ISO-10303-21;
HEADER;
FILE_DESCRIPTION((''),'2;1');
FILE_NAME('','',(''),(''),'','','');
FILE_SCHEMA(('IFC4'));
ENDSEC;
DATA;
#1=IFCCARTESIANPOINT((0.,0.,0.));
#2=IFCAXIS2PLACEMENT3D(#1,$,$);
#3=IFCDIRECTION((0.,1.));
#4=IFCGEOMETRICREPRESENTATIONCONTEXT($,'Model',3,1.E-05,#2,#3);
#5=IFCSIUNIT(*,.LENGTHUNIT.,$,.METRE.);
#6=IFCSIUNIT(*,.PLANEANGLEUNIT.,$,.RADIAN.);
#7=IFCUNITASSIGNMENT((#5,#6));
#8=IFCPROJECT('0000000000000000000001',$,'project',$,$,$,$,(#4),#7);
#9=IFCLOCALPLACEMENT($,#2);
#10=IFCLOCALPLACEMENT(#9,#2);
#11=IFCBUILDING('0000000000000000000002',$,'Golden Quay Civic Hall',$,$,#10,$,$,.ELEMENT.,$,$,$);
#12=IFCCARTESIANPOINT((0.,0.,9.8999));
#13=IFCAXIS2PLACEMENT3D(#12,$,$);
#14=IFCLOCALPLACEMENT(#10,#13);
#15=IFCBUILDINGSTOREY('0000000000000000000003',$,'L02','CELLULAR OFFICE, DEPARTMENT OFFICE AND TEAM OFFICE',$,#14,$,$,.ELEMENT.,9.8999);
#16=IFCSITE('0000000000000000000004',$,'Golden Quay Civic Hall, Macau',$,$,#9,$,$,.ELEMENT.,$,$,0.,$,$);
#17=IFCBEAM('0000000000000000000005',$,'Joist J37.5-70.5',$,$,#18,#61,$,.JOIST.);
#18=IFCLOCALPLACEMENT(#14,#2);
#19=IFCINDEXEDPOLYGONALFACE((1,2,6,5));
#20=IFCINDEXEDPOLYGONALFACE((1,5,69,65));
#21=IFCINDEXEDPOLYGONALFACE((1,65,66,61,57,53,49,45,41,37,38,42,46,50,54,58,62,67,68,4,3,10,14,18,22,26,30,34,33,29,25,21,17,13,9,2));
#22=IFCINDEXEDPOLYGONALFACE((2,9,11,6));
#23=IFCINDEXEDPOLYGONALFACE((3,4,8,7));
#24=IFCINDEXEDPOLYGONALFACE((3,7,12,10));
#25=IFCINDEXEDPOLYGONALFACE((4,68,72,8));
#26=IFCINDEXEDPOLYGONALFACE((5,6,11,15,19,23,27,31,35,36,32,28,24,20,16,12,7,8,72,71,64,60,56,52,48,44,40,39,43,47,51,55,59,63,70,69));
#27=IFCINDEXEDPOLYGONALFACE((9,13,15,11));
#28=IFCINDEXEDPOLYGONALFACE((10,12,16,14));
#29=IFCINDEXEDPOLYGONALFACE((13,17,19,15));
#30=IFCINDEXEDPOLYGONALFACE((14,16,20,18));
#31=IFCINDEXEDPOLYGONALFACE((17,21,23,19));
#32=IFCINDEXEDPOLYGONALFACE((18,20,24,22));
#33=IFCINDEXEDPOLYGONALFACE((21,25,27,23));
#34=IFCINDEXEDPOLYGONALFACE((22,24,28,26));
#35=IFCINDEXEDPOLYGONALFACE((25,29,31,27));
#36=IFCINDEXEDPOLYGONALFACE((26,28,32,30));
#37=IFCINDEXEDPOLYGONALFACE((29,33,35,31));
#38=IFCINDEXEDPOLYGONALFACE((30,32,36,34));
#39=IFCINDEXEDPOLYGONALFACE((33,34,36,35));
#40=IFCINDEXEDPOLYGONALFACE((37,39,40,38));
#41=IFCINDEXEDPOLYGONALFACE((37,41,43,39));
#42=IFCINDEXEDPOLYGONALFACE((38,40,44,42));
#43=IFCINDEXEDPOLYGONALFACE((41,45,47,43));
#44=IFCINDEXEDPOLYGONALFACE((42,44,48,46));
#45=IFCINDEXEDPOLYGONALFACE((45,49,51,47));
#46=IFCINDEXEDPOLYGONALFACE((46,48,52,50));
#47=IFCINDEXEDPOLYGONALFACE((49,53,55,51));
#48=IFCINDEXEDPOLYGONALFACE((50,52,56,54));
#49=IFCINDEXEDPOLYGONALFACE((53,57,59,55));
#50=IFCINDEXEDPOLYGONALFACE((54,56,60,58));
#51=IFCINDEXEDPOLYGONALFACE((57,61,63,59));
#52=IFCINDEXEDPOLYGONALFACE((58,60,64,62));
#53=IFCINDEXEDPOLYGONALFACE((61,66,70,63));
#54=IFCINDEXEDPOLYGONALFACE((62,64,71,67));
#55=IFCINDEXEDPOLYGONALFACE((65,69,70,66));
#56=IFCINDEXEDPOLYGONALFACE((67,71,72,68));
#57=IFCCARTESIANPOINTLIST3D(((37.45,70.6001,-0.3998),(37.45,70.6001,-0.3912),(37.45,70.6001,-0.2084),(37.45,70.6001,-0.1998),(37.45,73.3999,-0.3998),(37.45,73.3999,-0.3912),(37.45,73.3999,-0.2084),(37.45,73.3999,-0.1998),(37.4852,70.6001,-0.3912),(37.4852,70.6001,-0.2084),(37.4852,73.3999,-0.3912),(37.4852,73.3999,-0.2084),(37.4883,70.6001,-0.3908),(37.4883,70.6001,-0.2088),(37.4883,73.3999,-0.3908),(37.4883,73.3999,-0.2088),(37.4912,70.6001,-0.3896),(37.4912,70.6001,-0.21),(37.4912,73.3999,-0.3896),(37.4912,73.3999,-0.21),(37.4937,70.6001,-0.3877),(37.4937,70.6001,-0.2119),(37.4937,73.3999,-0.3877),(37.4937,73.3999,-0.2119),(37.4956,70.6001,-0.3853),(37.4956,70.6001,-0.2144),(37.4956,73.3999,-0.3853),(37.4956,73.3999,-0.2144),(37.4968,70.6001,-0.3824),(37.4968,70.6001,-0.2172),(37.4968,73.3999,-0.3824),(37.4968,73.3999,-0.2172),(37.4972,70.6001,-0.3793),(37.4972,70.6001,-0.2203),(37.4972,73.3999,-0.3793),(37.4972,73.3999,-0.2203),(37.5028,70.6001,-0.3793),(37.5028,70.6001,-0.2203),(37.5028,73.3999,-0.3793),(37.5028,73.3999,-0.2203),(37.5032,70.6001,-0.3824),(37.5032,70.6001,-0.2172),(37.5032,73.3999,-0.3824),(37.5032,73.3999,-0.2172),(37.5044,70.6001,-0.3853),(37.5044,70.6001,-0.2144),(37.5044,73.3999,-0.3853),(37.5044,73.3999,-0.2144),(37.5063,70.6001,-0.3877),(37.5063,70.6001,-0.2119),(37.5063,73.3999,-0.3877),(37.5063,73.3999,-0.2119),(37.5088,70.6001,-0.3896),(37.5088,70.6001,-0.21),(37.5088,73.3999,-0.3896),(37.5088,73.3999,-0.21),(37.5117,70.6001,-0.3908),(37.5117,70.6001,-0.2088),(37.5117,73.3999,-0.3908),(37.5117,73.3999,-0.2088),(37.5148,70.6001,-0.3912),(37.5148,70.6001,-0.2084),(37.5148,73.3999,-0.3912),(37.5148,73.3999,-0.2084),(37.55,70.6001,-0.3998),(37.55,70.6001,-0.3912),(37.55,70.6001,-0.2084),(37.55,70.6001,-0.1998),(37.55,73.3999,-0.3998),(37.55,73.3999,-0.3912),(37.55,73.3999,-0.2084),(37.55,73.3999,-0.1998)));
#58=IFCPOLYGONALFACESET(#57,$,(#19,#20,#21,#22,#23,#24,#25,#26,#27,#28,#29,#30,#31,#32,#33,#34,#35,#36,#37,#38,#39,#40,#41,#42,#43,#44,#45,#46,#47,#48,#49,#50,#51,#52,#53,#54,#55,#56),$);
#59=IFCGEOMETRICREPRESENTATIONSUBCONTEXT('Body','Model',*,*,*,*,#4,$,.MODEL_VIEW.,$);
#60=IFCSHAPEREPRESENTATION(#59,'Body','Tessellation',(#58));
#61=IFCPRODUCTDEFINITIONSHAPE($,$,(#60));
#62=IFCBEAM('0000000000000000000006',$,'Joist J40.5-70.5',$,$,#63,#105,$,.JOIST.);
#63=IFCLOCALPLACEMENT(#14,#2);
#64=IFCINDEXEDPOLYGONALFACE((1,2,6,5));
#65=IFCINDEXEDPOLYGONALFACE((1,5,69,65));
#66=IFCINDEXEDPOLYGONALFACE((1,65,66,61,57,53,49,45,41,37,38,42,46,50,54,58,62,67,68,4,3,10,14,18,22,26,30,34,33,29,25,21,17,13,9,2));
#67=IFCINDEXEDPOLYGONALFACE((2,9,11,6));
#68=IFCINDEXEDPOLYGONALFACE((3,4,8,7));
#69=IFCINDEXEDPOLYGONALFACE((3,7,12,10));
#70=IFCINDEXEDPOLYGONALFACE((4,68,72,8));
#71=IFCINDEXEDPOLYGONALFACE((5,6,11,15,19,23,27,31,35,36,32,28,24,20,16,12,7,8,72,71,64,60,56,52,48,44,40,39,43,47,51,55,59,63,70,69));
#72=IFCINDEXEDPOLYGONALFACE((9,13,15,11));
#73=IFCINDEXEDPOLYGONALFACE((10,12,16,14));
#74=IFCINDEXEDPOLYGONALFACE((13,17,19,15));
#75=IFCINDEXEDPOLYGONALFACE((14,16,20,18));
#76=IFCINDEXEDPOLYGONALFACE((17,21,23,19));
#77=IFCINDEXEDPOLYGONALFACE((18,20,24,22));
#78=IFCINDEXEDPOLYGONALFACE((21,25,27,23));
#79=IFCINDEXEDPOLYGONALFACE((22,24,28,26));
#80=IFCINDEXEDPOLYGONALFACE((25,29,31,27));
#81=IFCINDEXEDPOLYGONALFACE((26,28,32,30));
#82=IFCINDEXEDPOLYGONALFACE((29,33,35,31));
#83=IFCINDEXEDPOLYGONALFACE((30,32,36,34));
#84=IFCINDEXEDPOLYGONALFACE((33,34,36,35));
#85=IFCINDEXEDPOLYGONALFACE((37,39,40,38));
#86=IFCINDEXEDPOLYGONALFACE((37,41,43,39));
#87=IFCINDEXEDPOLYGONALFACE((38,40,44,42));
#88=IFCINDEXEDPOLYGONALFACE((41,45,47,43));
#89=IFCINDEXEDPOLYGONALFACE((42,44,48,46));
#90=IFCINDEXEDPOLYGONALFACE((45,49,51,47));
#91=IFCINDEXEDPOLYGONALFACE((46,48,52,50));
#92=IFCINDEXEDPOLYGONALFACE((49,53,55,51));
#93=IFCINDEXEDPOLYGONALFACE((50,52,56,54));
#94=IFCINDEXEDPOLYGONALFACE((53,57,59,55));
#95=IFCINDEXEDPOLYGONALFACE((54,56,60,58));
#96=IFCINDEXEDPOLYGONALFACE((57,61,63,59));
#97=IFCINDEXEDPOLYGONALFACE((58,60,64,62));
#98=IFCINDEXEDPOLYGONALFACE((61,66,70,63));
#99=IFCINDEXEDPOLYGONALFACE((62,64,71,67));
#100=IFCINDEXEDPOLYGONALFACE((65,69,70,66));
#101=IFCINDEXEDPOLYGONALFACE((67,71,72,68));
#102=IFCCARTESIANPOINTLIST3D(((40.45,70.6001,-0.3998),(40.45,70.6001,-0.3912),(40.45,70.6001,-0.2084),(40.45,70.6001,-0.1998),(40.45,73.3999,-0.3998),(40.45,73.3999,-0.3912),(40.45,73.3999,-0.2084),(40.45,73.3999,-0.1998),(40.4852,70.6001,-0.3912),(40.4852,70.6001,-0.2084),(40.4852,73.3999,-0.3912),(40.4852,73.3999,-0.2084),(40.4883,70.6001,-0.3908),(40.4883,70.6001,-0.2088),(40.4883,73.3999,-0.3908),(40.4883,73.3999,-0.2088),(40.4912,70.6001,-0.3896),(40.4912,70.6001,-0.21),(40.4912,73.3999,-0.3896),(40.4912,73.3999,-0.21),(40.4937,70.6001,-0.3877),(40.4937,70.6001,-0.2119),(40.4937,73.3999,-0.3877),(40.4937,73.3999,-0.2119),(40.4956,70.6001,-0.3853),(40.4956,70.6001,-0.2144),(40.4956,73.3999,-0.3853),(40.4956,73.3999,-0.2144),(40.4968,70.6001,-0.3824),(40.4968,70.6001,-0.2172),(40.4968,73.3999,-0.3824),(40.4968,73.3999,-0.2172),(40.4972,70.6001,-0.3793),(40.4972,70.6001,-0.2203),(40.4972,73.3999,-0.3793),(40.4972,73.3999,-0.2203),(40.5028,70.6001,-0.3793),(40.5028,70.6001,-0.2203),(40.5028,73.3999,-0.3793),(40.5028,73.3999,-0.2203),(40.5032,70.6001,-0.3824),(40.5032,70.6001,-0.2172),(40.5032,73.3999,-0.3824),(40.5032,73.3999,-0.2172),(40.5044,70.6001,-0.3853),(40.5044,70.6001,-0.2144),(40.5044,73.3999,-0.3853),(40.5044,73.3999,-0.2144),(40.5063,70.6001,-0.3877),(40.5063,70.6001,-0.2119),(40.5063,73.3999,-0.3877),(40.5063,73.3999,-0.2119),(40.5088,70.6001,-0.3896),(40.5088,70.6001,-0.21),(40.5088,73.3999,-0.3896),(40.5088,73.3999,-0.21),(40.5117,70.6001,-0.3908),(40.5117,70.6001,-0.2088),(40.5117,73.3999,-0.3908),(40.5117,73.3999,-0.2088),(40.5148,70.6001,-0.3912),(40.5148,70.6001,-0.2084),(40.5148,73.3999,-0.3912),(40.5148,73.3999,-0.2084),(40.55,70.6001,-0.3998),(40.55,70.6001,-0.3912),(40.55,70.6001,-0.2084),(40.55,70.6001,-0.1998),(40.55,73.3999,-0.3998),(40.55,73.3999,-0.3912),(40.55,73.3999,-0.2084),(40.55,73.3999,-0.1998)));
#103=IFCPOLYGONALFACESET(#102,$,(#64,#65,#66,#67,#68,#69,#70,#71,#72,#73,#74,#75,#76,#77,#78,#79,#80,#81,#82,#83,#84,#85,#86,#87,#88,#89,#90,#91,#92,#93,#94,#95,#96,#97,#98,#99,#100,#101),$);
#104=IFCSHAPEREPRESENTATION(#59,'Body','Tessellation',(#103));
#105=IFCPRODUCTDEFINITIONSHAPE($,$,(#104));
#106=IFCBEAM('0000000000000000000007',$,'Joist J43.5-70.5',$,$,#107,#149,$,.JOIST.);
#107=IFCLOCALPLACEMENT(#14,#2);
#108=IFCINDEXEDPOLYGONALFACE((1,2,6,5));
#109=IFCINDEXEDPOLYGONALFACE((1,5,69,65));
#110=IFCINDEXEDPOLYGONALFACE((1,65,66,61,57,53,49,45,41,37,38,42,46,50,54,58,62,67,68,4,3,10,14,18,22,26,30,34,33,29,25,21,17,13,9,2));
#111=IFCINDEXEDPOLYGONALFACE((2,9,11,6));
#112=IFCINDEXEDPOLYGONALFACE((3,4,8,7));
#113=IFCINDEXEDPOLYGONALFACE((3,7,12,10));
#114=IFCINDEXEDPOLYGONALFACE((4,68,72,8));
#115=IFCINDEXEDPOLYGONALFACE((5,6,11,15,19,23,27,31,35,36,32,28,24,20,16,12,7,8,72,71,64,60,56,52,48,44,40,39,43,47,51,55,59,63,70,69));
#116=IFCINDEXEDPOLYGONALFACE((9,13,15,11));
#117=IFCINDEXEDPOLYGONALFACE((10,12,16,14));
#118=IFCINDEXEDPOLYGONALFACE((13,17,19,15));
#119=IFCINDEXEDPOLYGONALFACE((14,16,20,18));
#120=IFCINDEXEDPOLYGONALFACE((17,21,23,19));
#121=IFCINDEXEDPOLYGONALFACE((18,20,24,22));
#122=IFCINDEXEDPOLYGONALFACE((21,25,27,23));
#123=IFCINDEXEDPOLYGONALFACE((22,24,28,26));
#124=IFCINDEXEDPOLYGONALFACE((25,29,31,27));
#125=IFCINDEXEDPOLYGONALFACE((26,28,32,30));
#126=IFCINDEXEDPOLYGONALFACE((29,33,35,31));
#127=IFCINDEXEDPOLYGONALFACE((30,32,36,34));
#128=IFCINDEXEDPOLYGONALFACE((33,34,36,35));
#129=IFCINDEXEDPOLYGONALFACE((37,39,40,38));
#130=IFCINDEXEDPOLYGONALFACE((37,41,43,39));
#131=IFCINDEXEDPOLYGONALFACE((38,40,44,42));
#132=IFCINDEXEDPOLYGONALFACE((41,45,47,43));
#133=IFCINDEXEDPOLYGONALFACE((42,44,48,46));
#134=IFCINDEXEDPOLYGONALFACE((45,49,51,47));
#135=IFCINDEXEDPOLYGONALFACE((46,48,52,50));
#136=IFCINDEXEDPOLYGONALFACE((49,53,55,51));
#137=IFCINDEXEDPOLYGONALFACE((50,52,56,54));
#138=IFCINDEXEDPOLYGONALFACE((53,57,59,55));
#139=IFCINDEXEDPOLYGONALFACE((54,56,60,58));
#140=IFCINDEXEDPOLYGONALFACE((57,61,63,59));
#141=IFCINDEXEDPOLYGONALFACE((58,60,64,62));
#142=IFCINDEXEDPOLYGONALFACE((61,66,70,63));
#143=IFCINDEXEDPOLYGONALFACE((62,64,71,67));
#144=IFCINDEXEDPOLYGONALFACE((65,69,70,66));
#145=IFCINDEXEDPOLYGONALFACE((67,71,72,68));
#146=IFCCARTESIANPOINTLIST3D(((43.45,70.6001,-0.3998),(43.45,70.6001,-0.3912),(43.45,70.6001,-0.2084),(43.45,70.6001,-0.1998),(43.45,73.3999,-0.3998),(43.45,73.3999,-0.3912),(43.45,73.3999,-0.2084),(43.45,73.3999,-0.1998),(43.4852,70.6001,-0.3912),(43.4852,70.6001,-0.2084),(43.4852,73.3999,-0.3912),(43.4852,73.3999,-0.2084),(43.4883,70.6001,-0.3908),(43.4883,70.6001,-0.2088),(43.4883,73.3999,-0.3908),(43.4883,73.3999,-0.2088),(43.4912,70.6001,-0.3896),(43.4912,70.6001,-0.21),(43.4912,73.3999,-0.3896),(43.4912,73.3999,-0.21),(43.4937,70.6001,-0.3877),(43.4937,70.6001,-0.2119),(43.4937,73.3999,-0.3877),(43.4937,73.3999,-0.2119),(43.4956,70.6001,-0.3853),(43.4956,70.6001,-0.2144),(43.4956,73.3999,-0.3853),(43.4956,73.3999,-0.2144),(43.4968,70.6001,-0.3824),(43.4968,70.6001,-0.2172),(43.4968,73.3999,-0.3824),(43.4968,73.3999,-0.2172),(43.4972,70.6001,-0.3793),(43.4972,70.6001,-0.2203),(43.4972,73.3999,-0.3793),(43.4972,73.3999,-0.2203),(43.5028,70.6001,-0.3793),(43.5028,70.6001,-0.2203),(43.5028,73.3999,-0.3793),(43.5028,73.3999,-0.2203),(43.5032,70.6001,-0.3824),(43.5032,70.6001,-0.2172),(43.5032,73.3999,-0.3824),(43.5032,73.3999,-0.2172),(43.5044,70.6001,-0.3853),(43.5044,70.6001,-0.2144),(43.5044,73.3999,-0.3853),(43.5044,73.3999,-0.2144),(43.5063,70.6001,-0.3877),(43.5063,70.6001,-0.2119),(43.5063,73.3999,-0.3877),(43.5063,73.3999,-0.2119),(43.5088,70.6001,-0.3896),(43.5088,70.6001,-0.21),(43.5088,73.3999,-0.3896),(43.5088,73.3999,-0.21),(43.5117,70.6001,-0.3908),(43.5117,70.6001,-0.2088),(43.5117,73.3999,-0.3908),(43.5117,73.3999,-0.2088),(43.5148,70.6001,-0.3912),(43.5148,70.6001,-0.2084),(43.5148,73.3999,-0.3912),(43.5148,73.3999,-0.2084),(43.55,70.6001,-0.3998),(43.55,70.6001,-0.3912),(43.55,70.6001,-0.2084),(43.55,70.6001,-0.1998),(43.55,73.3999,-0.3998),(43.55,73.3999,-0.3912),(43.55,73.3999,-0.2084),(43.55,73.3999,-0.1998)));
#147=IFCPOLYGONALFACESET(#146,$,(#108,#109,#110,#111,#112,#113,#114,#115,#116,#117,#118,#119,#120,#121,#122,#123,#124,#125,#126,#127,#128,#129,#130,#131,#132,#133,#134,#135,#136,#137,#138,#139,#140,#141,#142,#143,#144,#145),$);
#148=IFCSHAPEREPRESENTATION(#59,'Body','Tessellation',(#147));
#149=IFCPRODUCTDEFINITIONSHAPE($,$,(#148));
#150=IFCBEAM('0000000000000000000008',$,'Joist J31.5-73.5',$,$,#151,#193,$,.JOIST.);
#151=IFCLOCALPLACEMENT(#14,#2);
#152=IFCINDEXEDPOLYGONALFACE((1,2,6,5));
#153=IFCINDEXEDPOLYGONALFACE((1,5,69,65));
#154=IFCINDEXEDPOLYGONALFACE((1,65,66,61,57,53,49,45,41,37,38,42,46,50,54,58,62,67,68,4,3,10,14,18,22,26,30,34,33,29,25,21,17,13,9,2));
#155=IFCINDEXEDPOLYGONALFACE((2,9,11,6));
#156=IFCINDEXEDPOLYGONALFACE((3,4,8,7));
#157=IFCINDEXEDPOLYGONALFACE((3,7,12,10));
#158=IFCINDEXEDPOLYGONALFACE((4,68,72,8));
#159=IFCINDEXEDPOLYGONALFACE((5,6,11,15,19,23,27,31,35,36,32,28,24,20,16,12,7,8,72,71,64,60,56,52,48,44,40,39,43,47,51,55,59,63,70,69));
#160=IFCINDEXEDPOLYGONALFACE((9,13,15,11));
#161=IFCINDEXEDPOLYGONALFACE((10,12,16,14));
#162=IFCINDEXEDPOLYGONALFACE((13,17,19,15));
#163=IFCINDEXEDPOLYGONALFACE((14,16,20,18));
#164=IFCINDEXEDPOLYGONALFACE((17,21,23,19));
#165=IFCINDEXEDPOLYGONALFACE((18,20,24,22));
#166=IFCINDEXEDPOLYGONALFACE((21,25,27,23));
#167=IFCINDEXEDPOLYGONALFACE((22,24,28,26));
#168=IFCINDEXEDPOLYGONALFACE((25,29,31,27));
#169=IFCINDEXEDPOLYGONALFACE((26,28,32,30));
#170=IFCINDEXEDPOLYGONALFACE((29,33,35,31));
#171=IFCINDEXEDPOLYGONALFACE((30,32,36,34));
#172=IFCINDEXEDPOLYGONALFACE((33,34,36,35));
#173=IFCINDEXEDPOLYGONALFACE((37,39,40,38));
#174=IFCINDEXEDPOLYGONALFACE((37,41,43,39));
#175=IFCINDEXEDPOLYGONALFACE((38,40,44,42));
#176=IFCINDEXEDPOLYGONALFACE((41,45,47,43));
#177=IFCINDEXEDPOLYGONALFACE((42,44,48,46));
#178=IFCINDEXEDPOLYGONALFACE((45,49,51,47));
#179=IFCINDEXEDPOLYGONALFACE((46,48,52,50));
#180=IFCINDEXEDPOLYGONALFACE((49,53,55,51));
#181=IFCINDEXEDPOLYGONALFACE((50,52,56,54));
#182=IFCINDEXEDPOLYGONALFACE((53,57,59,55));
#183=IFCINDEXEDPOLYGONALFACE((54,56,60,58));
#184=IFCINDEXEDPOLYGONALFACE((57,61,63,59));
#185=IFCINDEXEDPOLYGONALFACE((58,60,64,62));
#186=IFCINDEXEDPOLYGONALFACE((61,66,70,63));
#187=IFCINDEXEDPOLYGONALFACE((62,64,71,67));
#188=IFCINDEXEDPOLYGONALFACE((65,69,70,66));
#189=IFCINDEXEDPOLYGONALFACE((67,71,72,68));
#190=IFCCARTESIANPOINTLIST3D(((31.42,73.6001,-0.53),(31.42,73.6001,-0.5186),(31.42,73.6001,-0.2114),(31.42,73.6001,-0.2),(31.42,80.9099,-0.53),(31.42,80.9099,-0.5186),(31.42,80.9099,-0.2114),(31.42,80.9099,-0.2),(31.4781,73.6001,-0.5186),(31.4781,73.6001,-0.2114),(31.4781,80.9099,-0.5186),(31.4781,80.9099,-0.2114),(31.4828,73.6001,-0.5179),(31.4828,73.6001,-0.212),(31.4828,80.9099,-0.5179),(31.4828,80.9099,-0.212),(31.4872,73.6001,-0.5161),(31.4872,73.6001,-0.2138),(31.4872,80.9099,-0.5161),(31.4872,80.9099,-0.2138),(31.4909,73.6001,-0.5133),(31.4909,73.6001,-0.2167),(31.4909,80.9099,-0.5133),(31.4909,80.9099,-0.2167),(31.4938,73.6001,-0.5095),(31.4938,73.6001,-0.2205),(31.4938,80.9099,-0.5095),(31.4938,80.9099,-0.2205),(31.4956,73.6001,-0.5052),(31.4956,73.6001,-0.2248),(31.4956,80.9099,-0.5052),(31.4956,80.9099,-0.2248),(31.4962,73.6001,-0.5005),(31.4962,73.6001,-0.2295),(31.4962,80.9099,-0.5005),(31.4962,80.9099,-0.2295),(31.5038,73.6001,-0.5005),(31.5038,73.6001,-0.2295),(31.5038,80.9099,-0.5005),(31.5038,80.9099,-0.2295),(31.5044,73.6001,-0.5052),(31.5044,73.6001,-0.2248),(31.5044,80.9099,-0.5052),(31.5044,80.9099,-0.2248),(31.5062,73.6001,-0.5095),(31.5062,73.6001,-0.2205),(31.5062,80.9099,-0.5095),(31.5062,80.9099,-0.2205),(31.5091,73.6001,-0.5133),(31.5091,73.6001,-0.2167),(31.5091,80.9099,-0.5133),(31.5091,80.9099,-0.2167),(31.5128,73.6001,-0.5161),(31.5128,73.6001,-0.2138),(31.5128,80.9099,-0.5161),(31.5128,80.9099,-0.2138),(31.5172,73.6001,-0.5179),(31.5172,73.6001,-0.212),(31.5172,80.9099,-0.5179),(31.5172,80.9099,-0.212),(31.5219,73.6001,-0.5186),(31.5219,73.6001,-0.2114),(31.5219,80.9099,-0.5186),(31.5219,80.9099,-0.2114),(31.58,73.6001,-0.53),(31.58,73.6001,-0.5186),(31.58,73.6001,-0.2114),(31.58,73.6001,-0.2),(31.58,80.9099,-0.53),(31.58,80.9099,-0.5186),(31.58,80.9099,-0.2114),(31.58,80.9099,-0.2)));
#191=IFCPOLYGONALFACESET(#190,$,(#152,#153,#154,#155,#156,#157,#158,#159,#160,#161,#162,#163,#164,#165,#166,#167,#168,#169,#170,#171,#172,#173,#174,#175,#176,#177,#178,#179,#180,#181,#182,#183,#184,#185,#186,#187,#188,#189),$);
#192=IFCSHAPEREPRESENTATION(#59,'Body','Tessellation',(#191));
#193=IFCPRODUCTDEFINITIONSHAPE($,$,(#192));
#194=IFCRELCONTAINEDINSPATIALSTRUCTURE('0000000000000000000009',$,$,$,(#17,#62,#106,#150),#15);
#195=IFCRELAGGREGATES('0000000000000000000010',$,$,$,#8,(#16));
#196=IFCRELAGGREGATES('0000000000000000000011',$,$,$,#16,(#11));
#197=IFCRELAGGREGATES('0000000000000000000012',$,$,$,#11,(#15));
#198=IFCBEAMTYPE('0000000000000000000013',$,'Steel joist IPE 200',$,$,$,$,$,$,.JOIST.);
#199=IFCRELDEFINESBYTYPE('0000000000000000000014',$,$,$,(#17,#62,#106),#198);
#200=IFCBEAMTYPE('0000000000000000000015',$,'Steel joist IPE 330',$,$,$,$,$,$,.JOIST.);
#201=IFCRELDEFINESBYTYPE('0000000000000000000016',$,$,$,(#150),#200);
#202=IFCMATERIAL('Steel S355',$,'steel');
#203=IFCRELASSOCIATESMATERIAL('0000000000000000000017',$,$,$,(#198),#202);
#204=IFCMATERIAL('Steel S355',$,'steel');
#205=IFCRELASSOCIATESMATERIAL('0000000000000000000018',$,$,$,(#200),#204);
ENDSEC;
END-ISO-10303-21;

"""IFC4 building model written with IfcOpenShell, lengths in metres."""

from ifc_helpers import new_model, si_unit, direction, frame, origin, origin_2d, place, context, subcontext, project, spatial, i_section, extrude, material, material_profile, profile_set, type_object, element, save


model = new_model("IFC4")

# Units and contexts
model_context = context("Model", 3, precision=1e-05, world=origin(), true_north=direction((0.0, 1.0)))
body_context = subcontext(model_context, "Body", "Model", "MODEL_VIEW")
ifc_project = project(units=[si_unit("LENGTHUNIT", "METRE"), si_unit("PLANEANGLEUNIT", "RADIAN")], contexts=[model_context])

# Site, building, storey
site_placement = place(None, origin())
site = spatial("IfcSite", under=ifc_project, at=site_placement, Name="Golden Quay Civic Hall, Macau", CompositionType="ELEMENT", RefElevation=0.0)
building_placement = place(site_placement, origin())
building = spatial("IfcBuilding", under=site, at=building_placement, Name="Golden Quay Civic Hall", CompositionType="ELEMENT")
storey_placement = place(building_placement, frame((0.0, 0.0, 9.8999)))
storey = spatial("IfcBuildingStorey", under=building, at=storey_placement, Name="L02", Description="CELLULAR OFFICE, DEPARTMENT OFFICE AND TEAM OFFICE", CompositionType="ELEMENT", Elevation=9.8999)

# Beams
ifc_material_1 = material(Name="Steel S355", Category="steel")
ifc_material_profile_1 = material_profile(ifc_material_1, i_section(OverallWidth=0.1001, OverallDepth=0.2, WebThickness=0.0056, FlangeThickness=0.0085, FilletRadius=0.012, at=origin_2d()), Name="IPE 200")
ifc_profile_set_1 = profile_set([ifc_material_profile_1], Name="Steel S355")
beam_type_1 = type_object("IfcBeamType", Name="Steel joist IPE 200", PredefinedType="JOIST", material=ifc_profile_set_1)
for number, where, z_axis, x_axis, name in (
    (1, (37.5, 70.6001, -0.2998), (0.0, 1.0, 0.0), (-1.0, 0.0, 0.0), "Joist J37.5-70.5"),
    (2, (40.5, 70.6001, -0.2998), (0.0, 1.0, 0.0), (-1.0, 0.0, 0.0), "Joist J40.5-70.5"),
    (3, (43.5, 70.6001, -0.2998), (0.0, 1.0, 0.0), (-1.0, 0.0, 0.0), "Joist J43.5-70.5"),
):
    element("IfcBeam", number, at=place(storey_placement, frame(where, z_axis=z_axis, x_axis=x_axis)), inside=storey, type_object=beam_type_1, Name=name, PredefinedType="JOIST", context=body_context, shape_type="SweptSolid", body=[
        extrude(i_section(OverallWidth=0.1001, OverallDepth=0.2, WebThickness=0.0056, FlangeThickness=0.0085, FilletRadius=0.012, at=origin_2d()), origin(), (0.0, 0.0, 1.0), 2.7998),
    ])
ifc_material_2 = material(Name="Steel S355", Category="steel")
ifc_material_profile_2 = material_profile(ifc_material_2, i_section(OverallWidth=0.1599, OverallDepth=0.3301, WebThickness=0.0076, FlangeThickness=0.0115, FilletRadius=0.0181, at=origin_2d()), Name="IPE 330")
ifc_profile_set_2 = profile_set([ifc_material_profile_2], Name="Steel S355")
beam_type_2 = type_object("IfcBeamType", Name="Steel joist IPE 330", PredefinedType="JOIST", material=ifc_profile_set_2)
for number, where, z_axis, x_axis, name in (
    (4, (31.5, 73.6001, -0.365), (0.0, 1.0, 0.0), (-1.0, 0.0, 0.0), "Joist J31.5-73.5"),
):
    element("IfcBeam", number, at=place(storey_placement, frame(where, z_axis=z_axis, x_axis=x_axis)), inside=storey, type_object=beam_type_2, Name=name, PredefinedType="JOIST", context=body_context, shape_type="SweptSolid", body=[
        extrude(i_section(OverallWidth=0.1599, OverallDepth=0.3301, WebThickness=0.0076, FlangeThickness=0.0115, FilletRadius=0.0181, at=origin_2d()), origin(), (0.0, 0.0, 1.0), 7.3098),
    ])

save(model, "model.ifc")
